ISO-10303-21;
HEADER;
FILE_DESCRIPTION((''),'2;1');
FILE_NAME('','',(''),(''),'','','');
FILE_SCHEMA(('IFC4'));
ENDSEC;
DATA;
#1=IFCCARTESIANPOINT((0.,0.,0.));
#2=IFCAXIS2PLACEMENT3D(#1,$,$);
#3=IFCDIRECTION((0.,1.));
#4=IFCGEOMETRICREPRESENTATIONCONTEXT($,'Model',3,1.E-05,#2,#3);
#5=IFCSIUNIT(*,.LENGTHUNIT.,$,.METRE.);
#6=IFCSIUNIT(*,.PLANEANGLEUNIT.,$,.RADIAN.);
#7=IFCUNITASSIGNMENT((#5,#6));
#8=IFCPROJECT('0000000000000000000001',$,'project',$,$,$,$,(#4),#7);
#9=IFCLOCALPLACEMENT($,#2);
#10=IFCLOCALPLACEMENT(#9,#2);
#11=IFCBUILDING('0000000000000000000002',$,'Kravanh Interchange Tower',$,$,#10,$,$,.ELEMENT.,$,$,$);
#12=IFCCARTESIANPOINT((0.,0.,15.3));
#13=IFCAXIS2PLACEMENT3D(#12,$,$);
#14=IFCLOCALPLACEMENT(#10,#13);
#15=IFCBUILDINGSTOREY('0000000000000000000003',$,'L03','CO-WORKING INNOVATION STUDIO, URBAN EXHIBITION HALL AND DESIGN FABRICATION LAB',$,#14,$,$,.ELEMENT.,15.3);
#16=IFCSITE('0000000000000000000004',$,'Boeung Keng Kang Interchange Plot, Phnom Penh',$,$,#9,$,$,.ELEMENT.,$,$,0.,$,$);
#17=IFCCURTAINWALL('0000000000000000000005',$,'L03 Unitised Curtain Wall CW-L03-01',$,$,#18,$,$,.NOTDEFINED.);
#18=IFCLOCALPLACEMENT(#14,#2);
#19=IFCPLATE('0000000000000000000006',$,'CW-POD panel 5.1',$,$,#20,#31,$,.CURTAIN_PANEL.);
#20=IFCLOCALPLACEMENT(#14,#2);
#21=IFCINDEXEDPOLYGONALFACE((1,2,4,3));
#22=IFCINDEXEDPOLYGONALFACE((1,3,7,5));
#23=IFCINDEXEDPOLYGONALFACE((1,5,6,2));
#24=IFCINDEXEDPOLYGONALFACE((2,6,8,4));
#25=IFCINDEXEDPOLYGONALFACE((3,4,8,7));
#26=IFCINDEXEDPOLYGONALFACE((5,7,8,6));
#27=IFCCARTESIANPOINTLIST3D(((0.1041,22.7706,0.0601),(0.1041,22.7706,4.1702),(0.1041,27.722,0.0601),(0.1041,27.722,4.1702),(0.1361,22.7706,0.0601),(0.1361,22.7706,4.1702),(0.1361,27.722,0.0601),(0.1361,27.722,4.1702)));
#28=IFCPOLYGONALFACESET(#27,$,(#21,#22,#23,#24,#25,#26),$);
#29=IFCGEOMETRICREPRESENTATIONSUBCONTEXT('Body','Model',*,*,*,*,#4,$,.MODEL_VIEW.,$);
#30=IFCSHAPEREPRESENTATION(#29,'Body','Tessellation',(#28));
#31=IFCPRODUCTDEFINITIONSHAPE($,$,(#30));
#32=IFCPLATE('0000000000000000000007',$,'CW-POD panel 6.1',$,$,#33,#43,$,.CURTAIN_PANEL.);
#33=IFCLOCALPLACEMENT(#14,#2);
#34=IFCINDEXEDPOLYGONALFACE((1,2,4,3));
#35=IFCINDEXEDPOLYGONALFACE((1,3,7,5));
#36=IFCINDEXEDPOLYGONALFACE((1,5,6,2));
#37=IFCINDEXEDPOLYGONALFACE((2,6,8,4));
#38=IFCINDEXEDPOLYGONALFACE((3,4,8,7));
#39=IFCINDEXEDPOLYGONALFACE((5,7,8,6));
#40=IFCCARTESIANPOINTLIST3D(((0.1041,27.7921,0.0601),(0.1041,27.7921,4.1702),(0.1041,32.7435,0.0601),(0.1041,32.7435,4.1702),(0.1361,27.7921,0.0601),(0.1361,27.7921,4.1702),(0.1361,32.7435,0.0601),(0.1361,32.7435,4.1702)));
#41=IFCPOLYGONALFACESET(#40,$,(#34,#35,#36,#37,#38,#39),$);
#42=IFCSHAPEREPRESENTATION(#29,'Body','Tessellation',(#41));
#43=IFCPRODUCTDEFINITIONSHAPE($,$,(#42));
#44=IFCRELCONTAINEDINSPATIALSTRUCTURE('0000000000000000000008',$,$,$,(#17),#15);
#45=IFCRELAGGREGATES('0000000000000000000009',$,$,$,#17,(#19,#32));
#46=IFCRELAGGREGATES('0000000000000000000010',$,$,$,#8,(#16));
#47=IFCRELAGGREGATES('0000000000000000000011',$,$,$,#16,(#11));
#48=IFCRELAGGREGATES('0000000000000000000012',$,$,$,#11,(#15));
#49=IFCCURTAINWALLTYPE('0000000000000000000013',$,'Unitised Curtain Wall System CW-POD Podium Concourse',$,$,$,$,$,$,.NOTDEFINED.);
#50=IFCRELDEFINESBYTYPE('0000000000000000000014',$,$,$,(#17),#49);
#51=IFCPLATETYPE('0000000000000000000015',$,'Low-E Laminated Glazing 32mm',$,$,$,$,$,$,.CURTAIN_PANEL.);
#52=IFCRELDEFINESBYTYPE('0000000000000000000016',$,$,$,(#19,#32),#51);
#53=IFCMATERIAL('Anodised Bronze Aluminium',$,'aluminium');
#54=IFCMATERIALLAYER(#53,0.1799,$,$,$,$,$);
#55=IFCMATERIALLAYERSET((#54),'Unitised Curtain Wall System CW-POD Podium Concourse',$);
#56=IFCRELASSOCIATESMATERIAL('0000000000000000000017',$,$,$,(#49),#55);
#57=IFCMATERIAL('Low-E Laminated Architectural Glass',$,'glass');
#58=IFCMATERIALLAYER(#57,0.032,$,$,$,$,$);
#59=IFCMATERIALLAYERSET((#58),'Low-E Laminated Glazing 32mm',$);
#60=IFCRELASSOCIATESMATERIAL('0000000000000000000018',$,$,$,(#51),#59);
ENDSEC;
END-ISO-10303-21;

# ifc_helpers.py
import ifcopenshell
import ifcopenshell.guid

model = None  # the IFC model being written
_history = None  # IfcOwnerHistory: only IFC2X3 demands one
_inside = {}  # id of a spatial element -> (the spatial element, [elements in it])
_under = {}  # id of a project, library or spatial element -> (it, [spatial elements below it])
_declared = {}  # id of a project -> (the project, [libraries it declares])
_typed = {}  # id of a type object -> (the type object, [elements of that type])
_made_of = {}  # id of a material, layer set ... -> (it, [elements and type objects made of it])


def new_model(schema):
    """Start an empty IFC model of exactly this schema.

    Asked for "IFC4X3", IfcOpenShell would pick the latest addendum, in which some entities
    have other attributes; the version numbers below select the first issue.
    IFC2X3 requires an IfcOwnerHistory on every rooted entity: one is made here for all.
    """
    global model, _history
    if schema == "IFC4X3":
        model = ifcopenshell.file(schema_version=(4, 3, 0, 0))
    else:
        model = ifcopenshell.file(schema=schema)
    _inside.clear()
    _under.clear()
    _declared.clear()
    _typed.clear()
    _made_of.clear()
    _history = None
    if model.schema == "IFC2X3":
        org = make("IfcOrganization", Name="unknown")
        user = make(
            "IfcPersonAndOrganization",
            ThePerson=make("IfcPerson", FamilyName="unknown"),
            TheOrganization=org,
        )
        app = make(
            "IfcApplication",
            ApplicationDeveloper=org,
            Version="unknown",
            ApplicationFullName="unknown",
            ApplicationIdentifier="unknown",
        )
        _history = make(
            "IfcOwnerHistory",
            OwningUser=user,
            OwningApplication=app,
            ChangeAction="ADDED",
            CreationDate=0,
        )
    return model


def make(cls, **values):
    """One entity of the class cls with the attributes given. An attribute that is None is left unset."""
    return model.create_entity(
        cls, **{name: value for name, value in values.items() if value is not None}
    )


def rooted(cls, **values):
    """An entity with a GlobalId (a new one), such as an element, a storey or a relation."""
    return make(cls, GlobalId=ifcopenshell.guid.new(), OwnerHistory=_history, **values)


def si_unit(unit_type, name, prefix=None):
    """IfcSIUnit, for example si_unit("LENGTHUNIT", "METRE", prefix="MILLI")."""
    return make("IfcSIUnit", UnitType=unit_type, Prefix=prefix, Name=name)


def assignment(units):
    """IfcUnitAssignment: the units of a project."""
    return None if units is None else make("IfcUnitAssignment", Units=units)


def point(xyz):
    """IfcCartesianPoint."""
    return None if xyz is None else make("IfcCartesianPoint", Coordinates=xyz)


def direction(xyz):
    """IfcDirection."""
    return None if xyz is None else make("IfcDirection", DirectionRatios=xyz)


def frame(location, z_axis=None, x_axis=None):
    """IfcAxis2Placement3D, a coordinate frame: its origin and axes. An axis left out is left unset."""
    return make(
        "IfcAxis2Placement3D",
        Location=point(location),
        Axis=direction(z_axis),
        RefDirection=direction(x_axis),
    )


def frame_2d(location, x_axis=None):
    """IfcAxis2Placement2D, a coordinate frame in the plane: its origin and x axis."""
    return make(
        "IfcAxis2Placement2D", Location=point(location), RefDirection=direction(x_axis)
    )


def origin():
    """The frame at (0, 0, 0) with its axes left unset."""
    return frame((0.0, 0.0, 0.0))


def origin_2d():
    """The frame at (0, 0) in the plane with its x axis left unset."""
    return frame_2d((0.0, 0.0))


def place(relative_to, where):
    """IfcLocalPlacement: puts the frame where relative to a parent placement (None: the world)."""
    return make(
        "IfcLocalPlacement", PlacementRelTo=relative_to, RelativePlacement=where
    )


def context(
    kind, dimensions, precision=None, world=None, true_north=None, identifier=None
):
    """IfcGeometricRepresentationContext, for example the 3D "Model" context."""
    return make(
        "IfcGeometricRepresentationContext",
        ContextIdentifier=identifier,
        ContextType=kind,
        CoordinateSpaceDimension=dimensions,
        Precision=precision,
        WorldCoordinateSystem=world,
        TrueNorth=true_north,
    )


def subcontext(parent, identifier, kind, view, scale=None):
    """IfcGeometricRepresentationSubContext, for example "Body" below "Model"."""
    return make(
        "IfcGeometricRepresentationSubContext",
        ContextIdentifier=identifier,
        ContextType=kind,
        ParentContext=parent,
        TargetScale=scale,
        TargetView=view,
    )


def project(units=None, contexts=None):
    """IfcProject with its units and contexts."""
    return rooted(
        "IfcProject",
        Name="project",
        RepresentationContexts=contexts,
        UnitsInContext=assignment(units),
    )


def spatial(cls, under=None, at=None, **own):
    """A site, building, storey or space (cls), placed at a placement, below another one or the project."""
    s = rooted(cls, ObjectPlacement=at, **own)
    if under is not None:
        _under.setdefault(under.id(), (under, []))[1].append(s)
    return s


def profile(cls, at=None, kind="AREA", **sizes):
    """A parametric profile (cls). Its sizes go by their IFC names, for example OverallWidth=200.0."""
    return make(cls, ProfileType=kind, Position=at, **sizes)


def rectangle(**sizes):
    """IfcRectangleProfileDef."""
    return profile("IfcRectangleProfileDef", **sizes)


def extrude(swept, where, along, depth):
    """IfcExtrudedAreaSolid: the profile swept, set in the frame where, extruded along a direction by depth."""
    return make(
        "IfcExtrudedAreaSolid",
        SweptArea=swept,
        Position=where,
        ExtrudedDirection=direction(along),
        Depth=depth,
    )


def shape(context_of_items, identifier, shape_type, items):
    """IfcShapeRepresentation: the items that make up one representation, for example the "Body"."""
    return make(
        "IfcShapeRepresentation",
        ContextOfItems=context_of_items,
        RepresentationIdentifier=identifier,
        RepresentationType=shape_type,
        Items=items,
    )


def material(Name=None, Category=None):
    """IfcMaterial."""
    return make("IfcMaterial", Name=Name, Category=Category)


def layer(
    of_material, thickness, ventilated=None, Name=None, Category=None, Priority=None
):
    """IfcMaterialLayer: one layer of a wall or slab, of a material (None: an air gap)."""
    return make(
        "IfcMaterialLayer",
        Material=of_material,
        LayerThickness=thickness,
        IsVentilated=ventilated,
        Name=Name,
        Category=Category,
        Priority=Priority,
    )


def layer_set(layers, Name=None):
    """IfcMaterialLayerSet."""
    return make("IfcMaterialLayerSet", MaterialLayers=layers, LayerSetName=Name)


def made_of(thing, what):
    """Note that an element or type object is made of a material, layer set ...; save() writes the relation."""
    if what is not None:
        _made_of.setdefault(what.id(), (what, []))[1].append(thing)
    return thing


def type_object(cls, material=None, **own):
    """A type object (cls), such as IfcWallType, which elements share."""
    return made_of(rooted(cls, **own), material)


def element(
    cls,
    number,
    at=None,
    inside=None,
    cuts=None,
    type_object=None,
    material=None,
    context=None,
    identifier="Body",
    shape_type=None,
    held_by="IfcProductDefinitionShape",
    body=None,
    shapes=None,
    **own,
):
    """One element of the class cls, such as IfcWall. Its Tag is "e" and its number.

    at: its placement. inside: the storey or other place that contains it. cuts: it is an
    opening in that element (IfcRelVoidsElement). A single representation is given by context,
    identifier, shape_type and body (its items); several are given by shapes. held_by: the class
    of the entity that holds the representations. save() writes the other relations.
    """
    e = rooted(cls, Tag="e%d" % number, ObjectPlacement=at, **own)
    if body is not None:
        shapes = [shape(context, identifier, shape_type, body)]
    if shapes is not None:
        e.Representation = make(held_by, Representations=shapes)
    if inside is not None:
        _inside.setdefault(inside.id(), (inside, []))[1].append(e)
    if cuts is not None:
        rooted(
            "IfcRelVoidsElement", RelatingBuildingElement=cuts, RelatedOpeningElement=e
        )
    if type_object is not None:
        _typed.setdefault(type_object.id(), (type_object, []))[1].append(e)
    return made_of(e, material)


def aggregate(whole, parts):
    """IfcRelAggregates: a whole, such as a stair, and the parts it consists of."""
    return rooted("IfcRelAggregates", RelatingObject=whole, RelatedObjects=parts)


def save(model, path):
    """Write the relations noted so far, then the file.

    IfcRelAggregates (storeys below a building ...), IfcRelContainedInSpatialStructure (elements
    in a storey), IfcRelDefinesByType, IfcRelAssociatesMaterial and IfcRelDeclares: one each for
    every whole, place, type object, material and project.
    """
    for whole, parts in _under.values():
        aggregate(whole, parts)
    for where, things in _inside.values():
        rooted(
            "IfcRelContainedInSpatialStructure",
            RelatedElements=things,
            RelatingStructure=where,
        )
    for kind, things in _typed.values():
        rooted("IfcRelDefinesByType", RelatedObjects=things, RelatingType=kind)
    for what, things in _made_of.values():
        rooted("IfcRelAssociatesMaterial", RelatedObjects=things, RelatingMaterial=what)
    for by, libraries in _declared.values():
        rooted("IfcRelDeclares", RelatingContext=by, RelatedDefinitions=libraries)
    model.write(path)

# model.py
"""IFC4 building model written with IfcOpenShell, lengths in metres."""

from ifc_helpers import new_model, si_unit, direction, frame, origin, origin_2d, place, context, subcontext, project, spatial, rectangle, extrude, material, layer, layer_set, type_object, element, aggregate, save


model = new_model("IFC4")

# Units and contexts
model_context = context("Model", 3, precision=1e-05, world=origin(), true_north=direction((0.0, 1.0)))
body_context = subcontext(model_context, "Body", "Model", "MODEL_VIEW")
ifc_project = project(units=[si_unit("LENGTHUNIT", "METRE"), si_unit("PLANEANGLEUNIT", "RADIAN")], contexts=[model_context])

# Site, building, storey
site_placement = place(None, origin())
site = spatial("IfcSite", under=ifc_project, at=site_placement, Name="Boeung Keng Kang Interchange Plot, Phnom Penh", CompositionType="ELEMENT", RefElevation=0.0)
building_placement = place(site_placement, origin())
building = spatial("IfcBuilding", under=site, at=building_placement, Name="Kravanh Interchange Tower", CompositionType="ELEMENT")
storey_placement = place(building_placement, frame((0.0, 0.0, 15.3)))
storey = spatial("IfcBuildingStorey", under=building, at=storey_placement, Name="L03", Description="CO-WORKING INNOVATION STUDIO, URBAN EXHIBITION HALL AND DESIGN FABRICATION LAB", CompositionType="ELEMENT", Elevation=15.3)

# Curtain wall
ifc_material_1 = material(Name="Anodised Bronze Aluminium", Category="aluminium")
ifc_layer_1 = layer(ifc_material_1, 0.1799)
ifc_layer_set_1 = layer_set([ifc_layer_1], Name="Unitised Curtain Wall System CW-POD Podium Concourse")
curtain_wall_type = type_object("IfcCurtainWallType", Name="Unitised Curtain Wall System CW-POD Podium Concourse", PredefinedType="NOTDEFINED", material=ifc_layer_set_1)
curtain_wall_placement = place(storey_placement, origin())
curtain_wall = element("IfcCurtainWall", 1, at=curtain_wall_placement, inside=storey, type_object=curtain_wall_type, Name="L03 Unitised Curtain Wall CW-L03-01", PredefinedType="NOTDEFINED")

# Plates
ifc_material_2 = material(Name="Low-E Laminated Architectural Glass", Category="glass")
ifc_layer_2 = layer(ifc_material_2, 0.032)
ifc_layer_set_2 = layer_set([ifc_layer_2], Name="Low-E Laminated Glazing 32mm")
plate_type = type_object("IfcPlateType", Name="Low-E Laminated Glazing 32mm", PredefinedType="CURTAIN_PANEL", material=ifc_layer_set_2)
plate_1_placement = place(storey_placement, frame((0.1201, 25.2463, 0.0601), z_axis=(0.0, 0.0, 1.0), x_axis=(0.0, 1.0, 0.0)))
plate_1 = element("IfcPlate", 2, at=plate_1_placement, type_object=plate_type, Name="CW-POD panel 5.1", PredefinedType="CURTAIN_PANEL", context=body_context, shape_type="SweptSolid", body=[
    extrude(rectangle(XDim=4.9514, YDim=0.032, at=origin_2d()), origin(), (0.0, 0.0, 1.0), 4.1101),
])
plate_2_placement = place(storey_placement, frame((0.1201, 30.2678, 0.0601), z_axis=(0.0, 0.0, 1.0), x_axis=(0.0, 1.0, 0.0)))
plate_2 = element("IfcPlate", 3, at=plate_2_placement, type_object=plate_type, Name="CW-POD panel 6.1", PredefinedType="CURTAIN_PANEL", context=body_context, shape_type="SweptSolid", body=[
    extrude(rectangle(XDim=4.9514, YDim=0.032, at=origin_2d()), origin(), (0.0, 0.0, 1.0), 4.1101),
])
aggregate(curtain_wall, [plate_1, plate_2])

save(model, "model.ifc")
